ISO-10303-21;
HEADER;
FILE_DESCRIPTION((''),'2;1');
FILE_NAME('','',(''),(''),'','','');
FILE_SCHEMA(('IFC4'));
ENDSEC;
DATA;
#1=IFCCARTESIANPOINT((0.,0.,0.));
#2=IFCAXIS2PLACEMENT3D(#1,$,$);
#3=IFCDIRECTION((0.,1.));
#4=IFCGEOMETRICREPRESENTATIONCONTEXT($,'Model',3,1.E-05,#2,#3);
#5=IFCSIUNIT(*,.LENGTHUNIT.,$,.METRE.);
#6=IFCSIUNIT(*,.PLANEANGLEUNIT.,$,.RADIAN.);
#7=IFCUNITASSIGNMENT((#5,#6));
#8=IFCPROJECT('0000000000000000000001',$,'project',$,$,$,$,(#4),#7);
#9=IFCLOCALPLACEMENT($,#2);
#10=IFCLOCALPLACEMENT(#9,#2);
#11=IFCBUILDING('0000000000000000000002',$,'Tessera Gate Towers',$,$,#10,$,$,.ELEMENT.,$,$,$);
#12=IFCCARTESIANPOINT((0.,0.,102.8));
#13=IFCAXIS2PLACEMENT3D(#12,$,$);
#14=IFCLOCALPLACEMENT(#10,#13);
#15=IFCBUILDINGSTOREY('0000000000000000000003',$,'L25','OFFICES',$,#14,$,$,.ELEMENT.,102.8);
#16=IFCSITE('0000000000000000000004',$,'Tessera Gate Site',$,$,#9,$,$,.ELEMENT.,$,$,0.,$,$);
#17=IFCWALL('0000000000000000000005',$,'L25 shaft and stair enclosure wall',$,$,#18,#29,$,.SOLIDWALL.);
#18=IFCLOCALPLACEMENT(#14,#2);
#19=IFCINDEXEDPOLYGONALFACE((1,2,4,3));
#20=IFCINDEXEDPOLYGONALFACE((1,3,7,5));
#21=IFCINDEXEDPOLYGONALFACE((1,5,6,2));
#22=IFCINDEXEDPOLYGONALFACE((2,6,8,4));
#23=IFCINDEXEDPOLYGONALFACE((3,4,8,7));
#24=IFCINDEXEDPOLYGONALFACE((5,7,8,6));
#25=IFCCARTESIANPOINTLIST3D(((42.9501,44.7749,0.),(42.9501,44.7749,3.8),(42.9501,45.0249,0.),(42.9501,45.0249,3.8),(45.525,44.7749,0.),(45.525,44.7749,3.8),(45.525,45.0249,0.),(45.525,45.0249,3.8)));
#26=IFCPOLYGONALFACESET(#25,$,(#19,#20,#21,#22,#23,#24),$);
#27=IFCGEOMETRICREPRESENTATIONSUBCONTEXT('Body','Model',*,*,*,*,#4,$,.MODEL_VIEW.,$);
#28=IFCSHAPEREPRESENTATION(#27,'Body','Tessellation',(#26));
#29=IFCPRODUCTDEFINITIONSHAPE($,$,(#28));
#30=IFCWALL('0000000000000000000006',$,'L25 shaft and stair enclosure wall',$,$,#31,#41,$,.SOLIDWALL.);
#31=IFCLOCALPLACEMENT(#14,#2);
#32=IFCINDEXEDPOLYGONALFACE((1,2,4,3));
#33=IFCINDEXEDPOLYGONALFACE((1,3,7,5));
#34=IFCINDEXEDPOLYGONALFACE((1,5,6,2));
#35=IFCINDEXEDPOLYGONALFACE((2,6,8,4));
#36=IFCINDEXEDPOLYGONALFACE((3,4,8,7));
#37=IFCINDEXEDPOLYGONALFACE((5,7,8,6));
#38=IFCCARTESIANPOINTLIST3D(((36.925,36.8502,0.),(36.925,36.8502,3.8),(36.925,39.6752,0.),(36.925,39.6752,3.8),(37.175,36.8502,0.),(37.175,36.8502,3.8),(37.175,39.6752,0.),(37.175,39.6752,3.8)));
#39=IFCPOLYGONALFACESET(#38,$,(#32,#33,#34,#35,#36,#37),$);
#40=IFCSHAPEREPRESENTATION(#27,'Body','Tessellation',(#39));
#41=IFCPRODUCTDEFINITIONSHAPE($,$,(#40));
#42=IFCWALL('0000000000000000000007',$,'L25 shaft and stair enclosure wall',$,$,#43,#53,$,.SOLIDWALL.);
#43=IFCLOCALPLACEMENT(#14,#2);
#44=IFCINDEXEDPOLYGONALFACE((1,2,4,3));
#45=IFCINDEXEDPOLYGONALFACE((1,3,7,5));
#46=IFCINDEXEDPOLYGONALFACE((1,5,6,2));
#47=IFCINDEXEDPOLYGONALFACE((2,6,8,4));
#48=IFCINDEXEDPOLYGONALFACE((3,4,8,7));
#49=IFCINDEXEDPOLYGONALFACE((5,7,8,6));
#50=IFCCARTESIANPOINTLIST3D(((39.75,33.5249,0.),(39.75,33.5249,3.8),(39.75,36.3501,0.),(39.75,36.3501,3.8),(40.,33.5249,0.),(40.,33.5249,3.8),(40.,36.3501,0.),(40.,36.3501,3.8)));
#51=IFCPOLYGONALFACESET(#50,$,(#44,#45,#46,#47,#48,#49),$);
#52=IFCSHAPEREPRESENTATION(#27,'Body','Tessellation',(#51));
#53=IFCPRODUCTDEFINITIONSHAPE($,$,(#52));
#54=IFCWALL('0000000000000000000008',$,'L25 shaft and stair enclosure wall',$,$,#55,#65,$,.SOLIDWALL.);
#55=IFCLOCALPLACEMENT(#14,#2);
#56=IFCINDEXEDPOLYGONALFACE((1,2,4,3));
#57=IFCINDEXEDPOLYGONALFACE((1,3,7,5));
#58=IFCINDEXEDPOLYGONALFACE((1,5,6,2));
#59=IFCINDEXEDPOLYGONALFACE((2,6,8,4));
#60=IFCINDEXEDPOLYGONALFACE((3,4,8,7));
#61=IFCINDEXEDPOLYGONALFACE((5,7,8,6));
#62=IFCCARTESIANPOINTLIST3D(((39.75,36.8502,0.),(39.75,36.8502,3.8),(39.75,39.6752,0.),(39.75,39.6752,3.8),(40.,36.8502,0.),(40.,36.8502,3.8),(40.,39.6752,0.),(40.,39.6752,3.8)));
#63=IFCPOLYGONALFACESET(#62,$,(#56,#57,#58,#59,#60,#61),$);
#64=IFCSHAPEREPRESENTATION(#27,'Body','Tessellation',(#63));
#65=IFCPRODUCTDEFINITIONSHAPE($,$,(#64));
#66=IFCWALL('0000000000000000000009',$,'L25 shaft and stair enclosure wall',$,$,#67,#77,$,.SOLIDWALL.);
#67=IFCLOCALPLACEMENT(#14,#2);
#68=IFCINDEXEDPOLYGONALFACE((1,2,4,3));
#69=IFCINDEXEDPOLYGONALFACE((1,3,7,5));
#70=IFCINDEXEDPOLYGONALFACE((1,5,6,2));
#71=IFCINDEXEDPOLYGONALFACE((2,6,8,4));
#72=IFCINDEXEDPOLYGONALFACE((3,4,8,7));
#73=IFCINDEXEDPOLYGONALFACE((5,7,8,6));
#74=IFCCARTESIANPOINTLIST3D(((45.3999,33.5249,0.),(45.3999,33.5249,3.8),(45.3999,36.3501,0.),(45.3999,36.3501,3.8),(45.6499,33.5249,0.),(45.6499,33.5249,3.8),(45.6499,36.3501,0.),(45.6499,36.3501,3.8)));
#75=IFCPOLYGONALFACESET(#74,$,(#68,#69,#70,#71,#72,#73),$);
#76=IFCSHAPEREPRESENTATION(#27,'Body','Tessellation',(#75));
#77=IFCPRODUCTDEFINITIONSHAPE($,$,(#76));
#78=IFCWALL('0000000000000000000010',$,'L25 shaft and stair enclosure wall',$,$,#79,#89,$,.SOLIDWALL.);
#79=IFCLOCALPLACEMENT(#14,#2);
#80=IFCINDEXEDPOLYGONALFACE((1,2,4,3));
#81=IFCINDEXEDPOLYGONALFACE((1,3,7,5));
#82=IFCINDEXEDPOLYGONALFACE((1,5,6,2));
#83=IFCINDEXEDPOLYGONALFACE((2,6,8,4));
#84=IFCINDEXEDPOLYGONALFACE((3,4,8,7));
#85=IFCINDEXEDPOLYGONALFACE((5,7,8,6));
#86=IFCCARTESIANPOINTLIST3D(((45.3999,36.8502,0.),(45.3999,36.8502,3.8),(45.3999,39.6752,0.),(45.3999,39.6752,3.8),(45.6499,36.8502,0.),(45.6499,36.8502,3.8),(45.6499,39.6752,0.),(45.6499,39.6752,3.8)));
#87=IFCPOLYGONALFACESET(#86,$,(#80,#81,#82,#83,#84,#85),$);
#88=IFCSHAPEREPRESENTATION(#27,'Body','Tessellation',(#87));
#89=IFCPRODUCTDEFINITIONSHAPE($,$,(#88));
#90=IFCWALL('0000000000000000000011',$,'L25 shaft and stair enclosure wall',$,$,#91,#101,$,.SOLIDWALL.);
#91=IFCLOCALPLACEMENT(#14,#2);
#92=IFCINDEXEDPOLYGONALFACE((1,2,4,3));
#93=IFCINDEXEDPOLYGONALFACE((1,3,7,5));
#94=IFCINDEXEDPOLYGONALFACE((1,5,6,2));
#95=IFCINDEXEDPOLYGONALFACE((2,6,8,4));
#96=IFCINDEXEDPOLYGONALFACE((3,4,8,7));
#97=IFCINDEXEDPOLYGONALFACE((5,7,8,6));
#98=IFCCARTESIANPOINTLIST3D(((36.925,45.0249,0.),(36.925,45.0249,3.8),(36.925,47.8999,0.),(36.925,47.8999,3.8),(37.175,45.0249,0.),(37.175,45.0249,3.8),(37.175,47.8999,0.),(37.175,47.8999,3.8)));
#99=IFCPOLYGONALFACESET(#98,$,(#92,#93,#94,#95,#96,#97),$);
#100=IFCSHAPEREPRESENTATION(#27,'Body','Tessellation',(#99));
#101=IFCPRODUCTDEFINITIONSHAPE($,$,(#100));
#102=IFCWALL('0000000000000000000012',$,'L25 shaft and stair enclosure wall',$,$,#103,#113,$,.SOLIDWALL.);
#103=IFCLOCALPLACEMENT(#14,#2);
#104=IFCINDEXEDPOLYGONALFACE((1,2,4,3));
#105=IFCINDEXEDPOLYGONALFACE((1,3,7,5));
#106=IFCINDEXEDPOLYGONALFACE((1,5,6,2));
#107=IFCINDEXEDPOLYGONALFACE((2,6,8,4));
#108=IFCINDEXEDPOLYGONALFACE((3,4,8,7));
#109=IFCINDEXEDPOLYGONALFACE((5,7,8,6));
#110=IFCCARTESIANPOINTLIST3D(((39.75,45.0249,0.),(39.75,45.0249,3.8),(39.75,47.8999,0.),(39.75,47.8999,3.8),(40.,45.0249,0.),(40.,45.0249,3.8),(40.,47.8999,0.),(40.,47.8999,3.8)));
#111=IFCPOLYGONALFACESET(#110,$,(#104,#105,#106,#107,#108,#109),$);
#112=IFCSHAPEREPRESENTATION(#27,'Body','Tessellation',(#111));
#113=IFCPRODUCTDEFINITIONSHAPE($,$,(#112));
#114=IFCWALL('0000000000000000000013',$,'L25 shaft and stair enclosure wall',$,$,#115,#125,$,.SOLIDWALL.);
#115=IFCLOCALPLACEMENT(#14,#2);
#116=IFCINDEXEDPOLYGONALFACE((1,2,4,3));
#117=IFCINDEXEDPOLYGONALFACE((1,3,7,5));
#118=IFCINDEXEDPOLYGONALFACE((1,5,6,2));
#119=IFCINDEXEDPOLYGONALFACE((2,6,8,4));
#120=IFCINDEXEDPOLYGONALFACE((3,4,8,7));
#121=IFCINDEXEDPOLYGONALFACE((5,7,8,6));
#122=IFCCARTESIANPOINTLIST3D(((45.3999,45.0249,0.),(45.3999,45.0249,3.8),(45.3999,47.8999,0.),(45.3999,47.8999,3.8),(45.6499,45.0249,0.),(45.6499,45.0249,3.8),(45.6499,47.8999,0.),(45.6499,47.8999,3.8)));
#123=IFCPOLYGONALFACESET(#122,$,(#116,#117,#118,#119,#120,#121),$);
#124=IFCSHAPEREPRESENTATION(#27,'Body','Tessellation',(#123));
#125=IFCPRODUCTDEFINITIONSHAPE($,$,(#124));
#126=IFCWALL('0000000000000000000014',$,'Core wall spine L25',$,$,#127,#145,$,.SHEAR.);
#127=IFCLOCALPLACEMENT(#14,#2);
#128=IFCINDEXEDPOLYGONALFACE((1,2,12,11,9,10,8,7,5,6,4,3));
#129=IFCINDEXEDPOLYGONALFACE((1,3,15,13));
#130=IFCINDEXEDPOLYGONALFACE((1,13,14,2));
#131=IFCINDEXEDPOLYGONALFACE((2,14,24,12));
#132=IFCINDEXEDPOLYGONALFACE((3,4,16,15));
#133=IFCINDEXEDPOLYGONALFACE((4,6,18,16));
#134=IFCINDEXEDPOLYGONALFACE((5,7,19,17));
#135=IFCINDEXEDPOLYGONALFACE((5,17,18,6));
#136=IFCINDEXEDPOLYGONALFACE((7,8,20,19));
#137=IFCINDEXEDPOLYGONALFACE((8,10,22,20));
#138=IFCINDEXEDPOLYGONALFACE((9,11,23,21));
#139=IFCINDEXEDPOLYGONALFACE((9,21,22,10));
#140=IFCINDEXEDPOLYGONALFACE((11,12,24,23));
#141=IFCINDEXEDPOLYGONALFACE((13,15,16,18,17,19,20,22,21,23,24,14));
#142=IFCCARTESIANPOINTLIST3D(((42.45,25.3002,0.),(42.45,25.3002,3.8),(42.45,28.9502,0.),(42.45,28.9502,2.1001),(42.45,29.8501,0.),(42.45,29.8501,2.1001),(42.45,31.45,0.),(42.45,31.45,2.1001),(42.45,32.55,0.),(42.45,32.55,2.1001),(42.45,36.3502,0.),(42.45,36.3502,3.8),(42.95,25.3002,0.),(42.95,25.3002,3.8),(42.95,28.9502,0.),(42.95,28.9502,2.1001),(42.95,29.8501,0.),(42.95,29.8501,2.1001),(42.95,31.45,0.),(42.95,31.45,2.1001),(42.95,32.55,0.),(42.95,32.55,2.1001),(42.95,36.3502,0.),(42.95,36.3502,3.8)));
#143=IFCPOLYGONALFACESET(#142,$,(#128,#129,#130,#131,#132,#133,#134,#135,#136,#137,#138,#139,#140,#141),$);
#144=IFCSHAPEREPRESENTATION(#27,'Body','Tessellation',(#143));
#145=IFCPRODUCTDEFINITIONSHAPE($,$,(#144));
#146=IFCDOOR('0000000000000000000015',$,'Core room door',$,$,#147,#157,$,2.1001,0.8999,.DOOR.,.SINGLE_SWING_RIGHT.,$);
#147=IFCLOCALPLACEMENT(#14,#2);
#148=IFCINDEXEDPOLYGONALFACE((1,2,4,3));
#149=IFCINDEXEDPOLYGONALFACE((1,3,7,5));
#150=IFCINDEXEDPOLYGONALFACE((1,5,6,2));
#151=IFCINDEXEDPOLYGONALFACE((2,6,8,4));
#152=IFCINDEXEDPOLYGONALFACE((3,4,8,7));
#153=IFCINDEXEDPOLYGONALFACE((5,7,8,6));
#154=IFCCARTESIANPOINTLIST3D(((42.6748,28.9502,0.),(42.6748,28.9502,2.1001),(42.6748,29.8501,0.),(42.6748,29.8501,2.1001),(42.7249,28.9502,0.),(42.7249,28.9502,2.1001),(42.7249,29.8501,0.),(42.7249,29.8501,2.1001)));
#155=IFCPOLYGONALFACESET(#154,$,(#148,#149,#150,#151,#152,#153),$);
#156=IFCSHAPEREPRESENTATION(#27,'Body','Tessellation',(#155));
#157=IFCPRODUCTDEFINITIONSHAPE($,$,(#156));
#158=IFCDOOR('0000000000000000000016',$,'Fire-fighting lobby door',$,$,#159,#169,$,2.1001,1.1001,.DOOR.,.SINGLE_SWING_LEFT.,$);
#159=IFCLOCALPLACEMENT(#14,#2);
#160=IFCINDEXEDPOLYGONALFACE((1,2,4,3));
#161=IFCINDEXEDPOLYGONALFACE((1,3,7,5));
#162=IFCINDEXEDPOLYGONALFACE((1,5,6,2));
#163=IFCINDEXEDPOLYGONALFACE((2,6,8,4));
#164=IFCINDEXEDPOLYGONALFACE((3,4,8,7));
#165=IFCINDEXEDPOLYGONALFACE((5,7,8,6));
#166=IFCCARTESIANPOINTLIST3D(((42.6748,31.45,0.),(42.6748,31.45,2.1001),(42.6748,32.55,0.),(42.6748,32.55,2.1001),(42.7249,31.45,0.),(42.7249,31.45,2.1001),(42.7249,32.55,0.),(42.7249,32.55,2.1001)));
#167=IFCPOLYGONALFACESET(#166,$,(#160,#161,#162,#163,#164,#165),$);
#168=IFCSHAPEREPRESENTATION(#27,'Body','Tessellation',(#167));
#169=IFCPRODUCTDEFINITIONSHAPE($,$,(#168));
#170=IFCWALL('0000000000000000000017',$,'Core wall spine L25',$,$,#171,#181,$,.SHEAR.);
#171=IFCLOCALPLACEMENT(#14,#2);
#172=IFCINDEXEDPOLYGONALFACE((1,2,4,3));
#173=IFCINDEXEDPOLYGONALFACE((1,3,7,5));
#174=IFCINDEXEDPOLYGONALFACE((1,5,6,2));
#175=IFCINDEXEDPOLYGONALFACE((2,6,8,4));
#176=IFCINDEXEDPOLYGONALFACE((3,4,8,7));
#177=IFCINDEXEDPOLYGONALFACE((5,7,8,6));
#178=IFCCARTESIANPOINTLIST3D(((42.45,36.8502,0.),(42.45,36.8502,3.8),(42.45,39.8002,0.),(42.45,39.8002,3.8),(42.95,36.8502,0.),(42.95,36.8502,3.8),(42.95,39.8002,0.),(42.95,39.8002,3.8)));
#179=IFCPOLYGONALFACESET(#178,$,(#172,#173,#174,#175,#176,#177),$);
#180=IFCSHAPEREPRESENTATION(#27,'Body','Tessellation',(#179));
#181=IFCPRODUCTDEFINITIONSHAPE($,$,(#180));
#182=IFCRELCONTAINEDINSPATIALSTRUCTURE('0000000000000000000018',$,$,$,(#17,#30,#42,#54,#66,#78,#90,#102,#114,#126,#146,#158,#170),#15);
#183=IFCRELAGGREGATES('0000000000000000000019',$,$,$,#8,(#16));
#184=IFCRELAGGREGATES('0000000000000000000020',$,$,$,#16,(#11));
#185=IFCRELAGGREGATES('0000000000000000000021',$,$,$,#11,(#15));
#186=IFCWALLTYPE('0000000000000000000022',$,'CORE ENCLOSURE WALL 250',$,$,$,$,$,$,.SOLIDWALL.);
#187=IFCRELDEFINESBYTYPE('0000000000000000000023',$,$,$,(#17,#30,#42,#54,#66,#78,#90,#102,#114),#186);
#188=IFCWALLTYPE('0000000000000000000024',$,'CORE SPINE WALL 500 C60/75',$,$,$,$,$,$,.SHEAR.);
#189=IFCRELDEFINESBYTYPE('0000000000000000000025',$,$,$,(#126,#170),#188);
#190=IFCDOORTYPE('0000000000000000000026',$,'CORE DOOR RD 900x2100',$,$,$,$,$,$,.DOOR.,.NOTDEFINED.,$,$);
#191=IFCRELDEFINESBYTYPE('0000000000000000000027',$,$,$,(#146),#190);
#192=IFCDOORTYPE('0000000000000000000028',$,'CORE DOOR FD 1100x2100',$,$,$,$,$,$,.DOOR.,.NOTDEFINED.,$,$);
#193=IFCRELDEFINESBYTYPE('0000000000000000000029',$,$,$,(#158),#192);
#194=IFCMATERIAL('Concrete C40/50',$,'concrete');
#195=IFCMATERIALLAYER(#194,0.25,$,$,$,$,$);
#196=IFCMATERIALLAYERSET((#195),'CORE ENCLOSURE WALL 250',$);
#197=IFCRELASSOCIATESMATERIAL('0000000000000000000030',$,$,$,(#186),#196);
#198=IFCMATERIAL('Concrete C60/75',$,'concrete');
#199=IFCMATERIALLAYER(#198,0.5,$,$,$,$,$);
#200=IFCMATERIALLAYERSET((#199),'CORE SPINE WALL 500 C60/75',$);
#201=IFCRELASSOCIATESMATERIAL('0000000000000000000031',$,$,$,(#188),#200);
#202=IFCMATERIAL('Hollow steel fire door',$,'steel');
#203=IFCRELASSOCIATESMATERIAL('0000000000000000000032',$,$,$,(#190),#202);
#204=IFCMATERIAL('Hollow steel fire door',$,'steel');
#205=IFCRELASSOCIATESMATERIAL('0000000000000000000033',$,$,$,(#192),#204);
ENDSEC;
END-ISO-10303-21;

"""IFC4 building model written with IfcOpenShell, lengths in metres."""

from ifc_helpers import new_model, si_unit, direction, frame, frame_2d, origin, place, context, subcontext, project, spatial, rectangle, extrude, source, transform, mapped, material, layer, layer_set, type_object, element, fill, save


model = new_model("IFC4")

# Units and contexts
model_context = context("Model", 3, precision=1e-05, world=origin(), true_north=direction((0.0, 1.0)))
body_context = subcontext(model_context, "Body", "Model", "MODEL_VIEW")
ifc_project = project(units=[si_unit("LENGTHUNIT", "METRE"), si_unit("PLANEANGLEUNIT", "RADIAN")], contexts=[model_context])

# Site, building, storey
site_placement = place(None, origin())
site = spatial("IfcSite", under=ifc_project, at=site_placement, Name="Tessera Gate Site", CompositionType="ELEMENT", RefElevation=0.0)
building_placement = place(site_placement, origin())
building = spatial("IfcBuilding", under=site, at=building_placement, Name="Tessera Gate Towers", CompositionType="ELEMENT")
storey_placement = place(building_placement, frame((0.0, 0.0, 102.8)))
storey = spatial("IfcBuildingStorey", under=building, at=storey_placement, Name="L25", Description="OFFICES", CompositionType="ELEMENT", Elevation=102.8)

# Shared definitions
ifc_material_1 = material(Name="Concrete C40/50", Category="concrete")
ifc_layer_1 = layer(ifc_material_1, 0.25)
ifc_layer_set_1 = layer_set([ifc_layer_1], Name="CORE ENCLOSURE WALL 250")
wall_type_1 = type_object("IfcWallType", Name="CORE ENCLOSURE WALL 250", PredefinedType="SOLIDWALL", material=ifc_layer_set_1)

# Walls
wall_1_placement = place(storey_placement, frame((42.95, 44.8999, 0.0), z_axis=(0.0, 0.0, 1.0), x_axis=(1.0, 0.0, 0.0)))
element("IfcWall", 1, at=wall_1_placement, inside=storey, type_object=wall_type_1, Name="L25 shaft and stair enclosure wall", PredefinedType="SOLIDWALL", context=body_context, shape_type="SweptSolid", body=[
    extrude(rectangle(XDim=2.575, YDim=0.25, at=frame_2d((1.2876, 0.0))), origin(), (0.0, 0.0, 1.0), 3.8),
])
wall_2_placement = place(storey_placement, frame((37.05, 36.8501, 0.0), z_axis=(0.0, 0.0, 1.0), x_axis=(0.0, 1.0, 0.0)))
element("IfcWall", 2, at=wall_2_placement, inside=storey, type_object=wall_type_1, Name="L25 shaft and stair enclosure wall", PredefinedType="SOLIDWALL", context=body_context, shape_type="SweptSolid", body=[
    extrude(rectangle(XDim=2.825, YDim=0.25, at=frame_2d((1.4126, 0.0))), origin(), (0.0, 0.0, 1.0), 3.8),
])
wall_3_placement = place(storey_placement, frame((39.875, 33.5249, 0.0), z_axis=(0.0, 0.0, 1.0), x_axis=(0.0, 1.0, 0.0)))
element("IfcWall", 3, at=wall_3_placement, inside=storey, type_object=wall_type_1, Name="L25 shaft and stair enclosure wall", PredefinedType="SOLIDWALL", context=body_context, shape_type="SweptSolid", body=[
    extrude(rectangle(XDim=2.8252, YDim=0.25, at=frame_2d((1.4126, 0.0))), origin(), (0.0, 0.0, 1.0), 3.8),
])
wall_4_placement = place(storey_placement, frame((39.875, 36.8501, 0.0), z_axis=(0.0, 0.0, 1.0), x_axis=(0.0, 1.0, 0.0)))
element("IfcWall", 4, at=wall_4_placement, inside=storey, type_object=wall_type_1, Name="L25 shaft and stair enclosure wall", PredefinedType="SOLIDWALL", context=body_context, shape_type="SweptSolid", body=[
    extrude(rectangle(XDim=2.825, YDim=0.25, at=frame_2d((1.4126, 0.0))), origin(), (0.0, 0.0, 1.0), 3.8),
])
wall_5_placement = place(storey_placement, frame((45.5249, 33.5249, 0.0), z_axis=(0.0, 0.0, 1.0), x_axis=(0.0, 1.0, 0.0)))
element("IfcWall", 5, at=wall_5_placement, inside=storey, type_object=wall_type_1, Name="L25 shaft and stair enclosure wall", PredefinedType="SOLIDWALL", context=body_context, shape_type="SweptSolid", body=[
    extrude(rectangle(XDim=2.8252, YDim=0.25, at=frame_2d((1.4126, 0.0))), origin(), (0.0, 0.0, 1.0), 3.8),
])
wall_6_placement = place(storey_placement, frame((45.5249, 36.8501, 0.0), z_axis=(0.0, 0.0, 1.0), x_axis=(0.0, 1.0, 0.0)))
element("IfcWall", 6, at=wall_6_placement, inside=storey, type_object=wall_type_1, Name="L25 shaft and stair enclosure wall", PredefinedType="SOLIDWALL", context=body_context, shape_type="SweptSolid", body=[
    extrude(rectangle(XDim=2.825, YDim=0.25, at=frame_2d((1.4126, 0.0))), origin(), (0.0, 0.0, 1.0), 3.8),
])
for number, where, z_axis, x_axis, name in (
    (7, (37.05, 45.0249, 0.0), (0.0, 0.0, 1.0), (0.0, 1.0, 0.0), "L25 shaft and stair enclosure wall"),
    (8, (39.875, 45.0249, 0.0), (0.0, 0.0, 1.0), (0.0, 1.0, 0.0), "L25 shaft and stair enclosure wall"),
    (9, (45.5249, 45.0249, 0.0), (0.0, 0.0, 1.0), (0.0, 1.0, 0.0), "L25 shaft and stair enclosure wall"),
):
    element("IfcWall", number, at=place(storey_placement, frame(where, z_axis=z_axis, x_axis=x_axis)), inside=storey, type_object=wall_type_1, Name=name, PredefinedType="SOLIDWALL", context=body_context, shape_type="SweptSolid", body=[
        extrude(rectangle(XDim=2.875, YDim=0.25, at=frame_2d((1.4375, 0.0))), origin(), (0.0, 0.0, 1.0), 3.8),
    ])

# Wall, openings, doors
ifc_material_2 = material(Name="Concrete C60/75", Category="concrete")
ifc_layer_2 = layer(ifc_material_2, 0.5)
ifc_layer_set_2 = layer_set([ifc_layer_2], Name="CORE SPINE WALL 500 C60/75")
wall_type_2 = type_object("IfcWallType", Name="CORE SPINE WALL 500 C60/75", PredefinedType="SHEAR", material=ifc_layer_set_2)
wall_7_placement = place(storey_placement, frame((42.7, 36.3501, 0.0), z_axis=(0.0, 0.0, 1.0), x_axis=(0.0, -1.0, 0.0)))
wall_7 = element("IfcWall", 10, at=wall_7_placement, inside=storey, type_object=wall_type_2, Name="Core wall spine L25", PredefinedType="SHEAR", context=body_context, shape_type="SweptSolid", body=[
    extrude(rectangle(XDim=11.05, YDim=0.5, at=frame_2d((5.5249, 0.0))), origin(), (0.0, 0.0, 1.0), 3.8),
])
shared_shape_1 = source(origin(), body_context, "Body", "SweptSolid", [
    extrude(rectangle(XDim=0.8999, YDim=2.1001, at=frame_2d((0.45, 1.05))), frame((0.0, 0.26, 0.0), z_axis=(0.0, -1.0, 0.0), x_axis=(1.0, 0.0, 0.0)), (0.0, 0.0, 1.0), 0.52),
])
opening_1_placement = place(wall_7_placement, frame((6.5, 0.0, 0.0)))
opening_1 = element("IfcOpeningElement", 11, at=opening_1_placement, cuts=wall_7, PredefinedType="OPENING", context=body_context, shape_type="MappedRepresentation", body=[
    mapped(shared_shape_1, transform((0.0, 0.0, 0.0), scale=1.0)),
])
shared_shape_2 = source(origin(), body_context, "Body", "SweptSolid", [
    extrude(rectangle(XDim=1.1001, YDim=2.1001, at=frame_2d((0.55, 1.05))), frame((0.0, 0.26, 0.0), z_axis=(0.0, -1.0, 0.0), x_axis=(1.0, 0.0, 0.0)), (0.0, 0.0, 1.0), 0.52),
])
opening_2_placement = place(wall_7_placement, frame((3.8, 0.0, 0.0)))
opening_2 = element("IfcOpeningElement", 12, at=opening_2_placement, cuts=wall_7, PredefinedType="OPENING", context=body_context, shape_type="MappedRepresentation", body=[
    mapped(shared_shape_2, transform((0.0, 0.0, 0.0), scale=1.0)),
])
ifc_material_3 = material(Name="Hollow steel fire door", Category="steel")
door_type_1 = type_object("IfcDoorType", Name="CORE DOOR RD 900x2100", OperationType="NOTDEFINED", PredefinedType="DOOR", material=ifc_material_3)
shared_shape_3 = source(origin(), body_context, "Body", "SweptSolid", [
    extrude(rectangle(XDim=0.8999, YDim=2.1001, at=frame_2d((0.45, 1.05))), frame((0.0, 0.0249, 0.0), z_axis=(0.0, -1.0, 0.0), x_axis=(1.0, 0.0, 0.0)), (0.0, 0.0, 1.0), 0.05),
])
door_1_placement = place(opening_1_placement, origin())
door_1 = element("IfcDoor", 13, at=door_1_placement, inside=storey, type_object=door_type_1, Name="Core room door", OperationType="SINGLE_SWING_RIGHT", OverallHeight=2.1001, OverallWidth=0.8999, PredefinedType="DOOR", context=body_context, shape_type="MappedRepresentation", body=[
    mapped(shared_shape_3, transform((0.0, 0.0, 0.0), scale=1.0)),
])
fill(opening_1, door_1)
ifc_material_4 = material(Name="Hollow steel fire door", Category="steel")
door_type_2 = type_object("IfcDoorType", Name="CORE DOOR FD 1100x2100", OperationType="NOTDEFINED", PredefinedType="DOOR", material=ifc_material_4)
shared_shape_4 = source(origin(), body_context, "Body", "SweptSolid", [
    extrude(rectangle(XDim=1.1001, YDim=2.1001, at=frame_2d((0.55, 1.05))), frame((0.0, 0.0249, 0.0), z_axis=(0.0, -1.0, 0.0), x_axis=(1.0, 0.0, 0.0)), (0.0, 0.0, 1.0), 0.05),
])
door_2_placement = place(opening_2_placement, origin())
door_2 = element("IfcDoor", 14, at=door_2_placement, inside=storey, type_object=door_type_2, Name="Fire-fighting lobby door", OperationType="SINGLE_SWING_LEFT", OverallHeight=2.1001, OverallWidth=1.1001, PredefinedType="DOOR", context=body_context, shape_type="MappedRepresentation", body=[
    mapped(shared_shape_4, transform((0.0, 0.0, 0.0), scale=1.0)),
])
fill(opening_2, door_2)

# Wall
wall_8_placement = place(storey_placement, frame((42.7, 36.8501, 0.0), z_axis=(0.0, 0.0, 1.0), x_axis=(0.0, 1.0, 0.0)))
element("IfcWall", 15, at=wall_8_placement, inside=storey, type_object=wall_type_2, Name="Core wall spine L25", PredefinedType="SHEAR", context=body_context, shape_type="SweptSolid", body=[
    extrude(rectangle(XDim=2.95, YDim=0.5, at=frame_2d((1.4751, 0.0))), origin(), (0.0, 0.0, 1.0), 3.8),
])

save(model, "model.ifc")
